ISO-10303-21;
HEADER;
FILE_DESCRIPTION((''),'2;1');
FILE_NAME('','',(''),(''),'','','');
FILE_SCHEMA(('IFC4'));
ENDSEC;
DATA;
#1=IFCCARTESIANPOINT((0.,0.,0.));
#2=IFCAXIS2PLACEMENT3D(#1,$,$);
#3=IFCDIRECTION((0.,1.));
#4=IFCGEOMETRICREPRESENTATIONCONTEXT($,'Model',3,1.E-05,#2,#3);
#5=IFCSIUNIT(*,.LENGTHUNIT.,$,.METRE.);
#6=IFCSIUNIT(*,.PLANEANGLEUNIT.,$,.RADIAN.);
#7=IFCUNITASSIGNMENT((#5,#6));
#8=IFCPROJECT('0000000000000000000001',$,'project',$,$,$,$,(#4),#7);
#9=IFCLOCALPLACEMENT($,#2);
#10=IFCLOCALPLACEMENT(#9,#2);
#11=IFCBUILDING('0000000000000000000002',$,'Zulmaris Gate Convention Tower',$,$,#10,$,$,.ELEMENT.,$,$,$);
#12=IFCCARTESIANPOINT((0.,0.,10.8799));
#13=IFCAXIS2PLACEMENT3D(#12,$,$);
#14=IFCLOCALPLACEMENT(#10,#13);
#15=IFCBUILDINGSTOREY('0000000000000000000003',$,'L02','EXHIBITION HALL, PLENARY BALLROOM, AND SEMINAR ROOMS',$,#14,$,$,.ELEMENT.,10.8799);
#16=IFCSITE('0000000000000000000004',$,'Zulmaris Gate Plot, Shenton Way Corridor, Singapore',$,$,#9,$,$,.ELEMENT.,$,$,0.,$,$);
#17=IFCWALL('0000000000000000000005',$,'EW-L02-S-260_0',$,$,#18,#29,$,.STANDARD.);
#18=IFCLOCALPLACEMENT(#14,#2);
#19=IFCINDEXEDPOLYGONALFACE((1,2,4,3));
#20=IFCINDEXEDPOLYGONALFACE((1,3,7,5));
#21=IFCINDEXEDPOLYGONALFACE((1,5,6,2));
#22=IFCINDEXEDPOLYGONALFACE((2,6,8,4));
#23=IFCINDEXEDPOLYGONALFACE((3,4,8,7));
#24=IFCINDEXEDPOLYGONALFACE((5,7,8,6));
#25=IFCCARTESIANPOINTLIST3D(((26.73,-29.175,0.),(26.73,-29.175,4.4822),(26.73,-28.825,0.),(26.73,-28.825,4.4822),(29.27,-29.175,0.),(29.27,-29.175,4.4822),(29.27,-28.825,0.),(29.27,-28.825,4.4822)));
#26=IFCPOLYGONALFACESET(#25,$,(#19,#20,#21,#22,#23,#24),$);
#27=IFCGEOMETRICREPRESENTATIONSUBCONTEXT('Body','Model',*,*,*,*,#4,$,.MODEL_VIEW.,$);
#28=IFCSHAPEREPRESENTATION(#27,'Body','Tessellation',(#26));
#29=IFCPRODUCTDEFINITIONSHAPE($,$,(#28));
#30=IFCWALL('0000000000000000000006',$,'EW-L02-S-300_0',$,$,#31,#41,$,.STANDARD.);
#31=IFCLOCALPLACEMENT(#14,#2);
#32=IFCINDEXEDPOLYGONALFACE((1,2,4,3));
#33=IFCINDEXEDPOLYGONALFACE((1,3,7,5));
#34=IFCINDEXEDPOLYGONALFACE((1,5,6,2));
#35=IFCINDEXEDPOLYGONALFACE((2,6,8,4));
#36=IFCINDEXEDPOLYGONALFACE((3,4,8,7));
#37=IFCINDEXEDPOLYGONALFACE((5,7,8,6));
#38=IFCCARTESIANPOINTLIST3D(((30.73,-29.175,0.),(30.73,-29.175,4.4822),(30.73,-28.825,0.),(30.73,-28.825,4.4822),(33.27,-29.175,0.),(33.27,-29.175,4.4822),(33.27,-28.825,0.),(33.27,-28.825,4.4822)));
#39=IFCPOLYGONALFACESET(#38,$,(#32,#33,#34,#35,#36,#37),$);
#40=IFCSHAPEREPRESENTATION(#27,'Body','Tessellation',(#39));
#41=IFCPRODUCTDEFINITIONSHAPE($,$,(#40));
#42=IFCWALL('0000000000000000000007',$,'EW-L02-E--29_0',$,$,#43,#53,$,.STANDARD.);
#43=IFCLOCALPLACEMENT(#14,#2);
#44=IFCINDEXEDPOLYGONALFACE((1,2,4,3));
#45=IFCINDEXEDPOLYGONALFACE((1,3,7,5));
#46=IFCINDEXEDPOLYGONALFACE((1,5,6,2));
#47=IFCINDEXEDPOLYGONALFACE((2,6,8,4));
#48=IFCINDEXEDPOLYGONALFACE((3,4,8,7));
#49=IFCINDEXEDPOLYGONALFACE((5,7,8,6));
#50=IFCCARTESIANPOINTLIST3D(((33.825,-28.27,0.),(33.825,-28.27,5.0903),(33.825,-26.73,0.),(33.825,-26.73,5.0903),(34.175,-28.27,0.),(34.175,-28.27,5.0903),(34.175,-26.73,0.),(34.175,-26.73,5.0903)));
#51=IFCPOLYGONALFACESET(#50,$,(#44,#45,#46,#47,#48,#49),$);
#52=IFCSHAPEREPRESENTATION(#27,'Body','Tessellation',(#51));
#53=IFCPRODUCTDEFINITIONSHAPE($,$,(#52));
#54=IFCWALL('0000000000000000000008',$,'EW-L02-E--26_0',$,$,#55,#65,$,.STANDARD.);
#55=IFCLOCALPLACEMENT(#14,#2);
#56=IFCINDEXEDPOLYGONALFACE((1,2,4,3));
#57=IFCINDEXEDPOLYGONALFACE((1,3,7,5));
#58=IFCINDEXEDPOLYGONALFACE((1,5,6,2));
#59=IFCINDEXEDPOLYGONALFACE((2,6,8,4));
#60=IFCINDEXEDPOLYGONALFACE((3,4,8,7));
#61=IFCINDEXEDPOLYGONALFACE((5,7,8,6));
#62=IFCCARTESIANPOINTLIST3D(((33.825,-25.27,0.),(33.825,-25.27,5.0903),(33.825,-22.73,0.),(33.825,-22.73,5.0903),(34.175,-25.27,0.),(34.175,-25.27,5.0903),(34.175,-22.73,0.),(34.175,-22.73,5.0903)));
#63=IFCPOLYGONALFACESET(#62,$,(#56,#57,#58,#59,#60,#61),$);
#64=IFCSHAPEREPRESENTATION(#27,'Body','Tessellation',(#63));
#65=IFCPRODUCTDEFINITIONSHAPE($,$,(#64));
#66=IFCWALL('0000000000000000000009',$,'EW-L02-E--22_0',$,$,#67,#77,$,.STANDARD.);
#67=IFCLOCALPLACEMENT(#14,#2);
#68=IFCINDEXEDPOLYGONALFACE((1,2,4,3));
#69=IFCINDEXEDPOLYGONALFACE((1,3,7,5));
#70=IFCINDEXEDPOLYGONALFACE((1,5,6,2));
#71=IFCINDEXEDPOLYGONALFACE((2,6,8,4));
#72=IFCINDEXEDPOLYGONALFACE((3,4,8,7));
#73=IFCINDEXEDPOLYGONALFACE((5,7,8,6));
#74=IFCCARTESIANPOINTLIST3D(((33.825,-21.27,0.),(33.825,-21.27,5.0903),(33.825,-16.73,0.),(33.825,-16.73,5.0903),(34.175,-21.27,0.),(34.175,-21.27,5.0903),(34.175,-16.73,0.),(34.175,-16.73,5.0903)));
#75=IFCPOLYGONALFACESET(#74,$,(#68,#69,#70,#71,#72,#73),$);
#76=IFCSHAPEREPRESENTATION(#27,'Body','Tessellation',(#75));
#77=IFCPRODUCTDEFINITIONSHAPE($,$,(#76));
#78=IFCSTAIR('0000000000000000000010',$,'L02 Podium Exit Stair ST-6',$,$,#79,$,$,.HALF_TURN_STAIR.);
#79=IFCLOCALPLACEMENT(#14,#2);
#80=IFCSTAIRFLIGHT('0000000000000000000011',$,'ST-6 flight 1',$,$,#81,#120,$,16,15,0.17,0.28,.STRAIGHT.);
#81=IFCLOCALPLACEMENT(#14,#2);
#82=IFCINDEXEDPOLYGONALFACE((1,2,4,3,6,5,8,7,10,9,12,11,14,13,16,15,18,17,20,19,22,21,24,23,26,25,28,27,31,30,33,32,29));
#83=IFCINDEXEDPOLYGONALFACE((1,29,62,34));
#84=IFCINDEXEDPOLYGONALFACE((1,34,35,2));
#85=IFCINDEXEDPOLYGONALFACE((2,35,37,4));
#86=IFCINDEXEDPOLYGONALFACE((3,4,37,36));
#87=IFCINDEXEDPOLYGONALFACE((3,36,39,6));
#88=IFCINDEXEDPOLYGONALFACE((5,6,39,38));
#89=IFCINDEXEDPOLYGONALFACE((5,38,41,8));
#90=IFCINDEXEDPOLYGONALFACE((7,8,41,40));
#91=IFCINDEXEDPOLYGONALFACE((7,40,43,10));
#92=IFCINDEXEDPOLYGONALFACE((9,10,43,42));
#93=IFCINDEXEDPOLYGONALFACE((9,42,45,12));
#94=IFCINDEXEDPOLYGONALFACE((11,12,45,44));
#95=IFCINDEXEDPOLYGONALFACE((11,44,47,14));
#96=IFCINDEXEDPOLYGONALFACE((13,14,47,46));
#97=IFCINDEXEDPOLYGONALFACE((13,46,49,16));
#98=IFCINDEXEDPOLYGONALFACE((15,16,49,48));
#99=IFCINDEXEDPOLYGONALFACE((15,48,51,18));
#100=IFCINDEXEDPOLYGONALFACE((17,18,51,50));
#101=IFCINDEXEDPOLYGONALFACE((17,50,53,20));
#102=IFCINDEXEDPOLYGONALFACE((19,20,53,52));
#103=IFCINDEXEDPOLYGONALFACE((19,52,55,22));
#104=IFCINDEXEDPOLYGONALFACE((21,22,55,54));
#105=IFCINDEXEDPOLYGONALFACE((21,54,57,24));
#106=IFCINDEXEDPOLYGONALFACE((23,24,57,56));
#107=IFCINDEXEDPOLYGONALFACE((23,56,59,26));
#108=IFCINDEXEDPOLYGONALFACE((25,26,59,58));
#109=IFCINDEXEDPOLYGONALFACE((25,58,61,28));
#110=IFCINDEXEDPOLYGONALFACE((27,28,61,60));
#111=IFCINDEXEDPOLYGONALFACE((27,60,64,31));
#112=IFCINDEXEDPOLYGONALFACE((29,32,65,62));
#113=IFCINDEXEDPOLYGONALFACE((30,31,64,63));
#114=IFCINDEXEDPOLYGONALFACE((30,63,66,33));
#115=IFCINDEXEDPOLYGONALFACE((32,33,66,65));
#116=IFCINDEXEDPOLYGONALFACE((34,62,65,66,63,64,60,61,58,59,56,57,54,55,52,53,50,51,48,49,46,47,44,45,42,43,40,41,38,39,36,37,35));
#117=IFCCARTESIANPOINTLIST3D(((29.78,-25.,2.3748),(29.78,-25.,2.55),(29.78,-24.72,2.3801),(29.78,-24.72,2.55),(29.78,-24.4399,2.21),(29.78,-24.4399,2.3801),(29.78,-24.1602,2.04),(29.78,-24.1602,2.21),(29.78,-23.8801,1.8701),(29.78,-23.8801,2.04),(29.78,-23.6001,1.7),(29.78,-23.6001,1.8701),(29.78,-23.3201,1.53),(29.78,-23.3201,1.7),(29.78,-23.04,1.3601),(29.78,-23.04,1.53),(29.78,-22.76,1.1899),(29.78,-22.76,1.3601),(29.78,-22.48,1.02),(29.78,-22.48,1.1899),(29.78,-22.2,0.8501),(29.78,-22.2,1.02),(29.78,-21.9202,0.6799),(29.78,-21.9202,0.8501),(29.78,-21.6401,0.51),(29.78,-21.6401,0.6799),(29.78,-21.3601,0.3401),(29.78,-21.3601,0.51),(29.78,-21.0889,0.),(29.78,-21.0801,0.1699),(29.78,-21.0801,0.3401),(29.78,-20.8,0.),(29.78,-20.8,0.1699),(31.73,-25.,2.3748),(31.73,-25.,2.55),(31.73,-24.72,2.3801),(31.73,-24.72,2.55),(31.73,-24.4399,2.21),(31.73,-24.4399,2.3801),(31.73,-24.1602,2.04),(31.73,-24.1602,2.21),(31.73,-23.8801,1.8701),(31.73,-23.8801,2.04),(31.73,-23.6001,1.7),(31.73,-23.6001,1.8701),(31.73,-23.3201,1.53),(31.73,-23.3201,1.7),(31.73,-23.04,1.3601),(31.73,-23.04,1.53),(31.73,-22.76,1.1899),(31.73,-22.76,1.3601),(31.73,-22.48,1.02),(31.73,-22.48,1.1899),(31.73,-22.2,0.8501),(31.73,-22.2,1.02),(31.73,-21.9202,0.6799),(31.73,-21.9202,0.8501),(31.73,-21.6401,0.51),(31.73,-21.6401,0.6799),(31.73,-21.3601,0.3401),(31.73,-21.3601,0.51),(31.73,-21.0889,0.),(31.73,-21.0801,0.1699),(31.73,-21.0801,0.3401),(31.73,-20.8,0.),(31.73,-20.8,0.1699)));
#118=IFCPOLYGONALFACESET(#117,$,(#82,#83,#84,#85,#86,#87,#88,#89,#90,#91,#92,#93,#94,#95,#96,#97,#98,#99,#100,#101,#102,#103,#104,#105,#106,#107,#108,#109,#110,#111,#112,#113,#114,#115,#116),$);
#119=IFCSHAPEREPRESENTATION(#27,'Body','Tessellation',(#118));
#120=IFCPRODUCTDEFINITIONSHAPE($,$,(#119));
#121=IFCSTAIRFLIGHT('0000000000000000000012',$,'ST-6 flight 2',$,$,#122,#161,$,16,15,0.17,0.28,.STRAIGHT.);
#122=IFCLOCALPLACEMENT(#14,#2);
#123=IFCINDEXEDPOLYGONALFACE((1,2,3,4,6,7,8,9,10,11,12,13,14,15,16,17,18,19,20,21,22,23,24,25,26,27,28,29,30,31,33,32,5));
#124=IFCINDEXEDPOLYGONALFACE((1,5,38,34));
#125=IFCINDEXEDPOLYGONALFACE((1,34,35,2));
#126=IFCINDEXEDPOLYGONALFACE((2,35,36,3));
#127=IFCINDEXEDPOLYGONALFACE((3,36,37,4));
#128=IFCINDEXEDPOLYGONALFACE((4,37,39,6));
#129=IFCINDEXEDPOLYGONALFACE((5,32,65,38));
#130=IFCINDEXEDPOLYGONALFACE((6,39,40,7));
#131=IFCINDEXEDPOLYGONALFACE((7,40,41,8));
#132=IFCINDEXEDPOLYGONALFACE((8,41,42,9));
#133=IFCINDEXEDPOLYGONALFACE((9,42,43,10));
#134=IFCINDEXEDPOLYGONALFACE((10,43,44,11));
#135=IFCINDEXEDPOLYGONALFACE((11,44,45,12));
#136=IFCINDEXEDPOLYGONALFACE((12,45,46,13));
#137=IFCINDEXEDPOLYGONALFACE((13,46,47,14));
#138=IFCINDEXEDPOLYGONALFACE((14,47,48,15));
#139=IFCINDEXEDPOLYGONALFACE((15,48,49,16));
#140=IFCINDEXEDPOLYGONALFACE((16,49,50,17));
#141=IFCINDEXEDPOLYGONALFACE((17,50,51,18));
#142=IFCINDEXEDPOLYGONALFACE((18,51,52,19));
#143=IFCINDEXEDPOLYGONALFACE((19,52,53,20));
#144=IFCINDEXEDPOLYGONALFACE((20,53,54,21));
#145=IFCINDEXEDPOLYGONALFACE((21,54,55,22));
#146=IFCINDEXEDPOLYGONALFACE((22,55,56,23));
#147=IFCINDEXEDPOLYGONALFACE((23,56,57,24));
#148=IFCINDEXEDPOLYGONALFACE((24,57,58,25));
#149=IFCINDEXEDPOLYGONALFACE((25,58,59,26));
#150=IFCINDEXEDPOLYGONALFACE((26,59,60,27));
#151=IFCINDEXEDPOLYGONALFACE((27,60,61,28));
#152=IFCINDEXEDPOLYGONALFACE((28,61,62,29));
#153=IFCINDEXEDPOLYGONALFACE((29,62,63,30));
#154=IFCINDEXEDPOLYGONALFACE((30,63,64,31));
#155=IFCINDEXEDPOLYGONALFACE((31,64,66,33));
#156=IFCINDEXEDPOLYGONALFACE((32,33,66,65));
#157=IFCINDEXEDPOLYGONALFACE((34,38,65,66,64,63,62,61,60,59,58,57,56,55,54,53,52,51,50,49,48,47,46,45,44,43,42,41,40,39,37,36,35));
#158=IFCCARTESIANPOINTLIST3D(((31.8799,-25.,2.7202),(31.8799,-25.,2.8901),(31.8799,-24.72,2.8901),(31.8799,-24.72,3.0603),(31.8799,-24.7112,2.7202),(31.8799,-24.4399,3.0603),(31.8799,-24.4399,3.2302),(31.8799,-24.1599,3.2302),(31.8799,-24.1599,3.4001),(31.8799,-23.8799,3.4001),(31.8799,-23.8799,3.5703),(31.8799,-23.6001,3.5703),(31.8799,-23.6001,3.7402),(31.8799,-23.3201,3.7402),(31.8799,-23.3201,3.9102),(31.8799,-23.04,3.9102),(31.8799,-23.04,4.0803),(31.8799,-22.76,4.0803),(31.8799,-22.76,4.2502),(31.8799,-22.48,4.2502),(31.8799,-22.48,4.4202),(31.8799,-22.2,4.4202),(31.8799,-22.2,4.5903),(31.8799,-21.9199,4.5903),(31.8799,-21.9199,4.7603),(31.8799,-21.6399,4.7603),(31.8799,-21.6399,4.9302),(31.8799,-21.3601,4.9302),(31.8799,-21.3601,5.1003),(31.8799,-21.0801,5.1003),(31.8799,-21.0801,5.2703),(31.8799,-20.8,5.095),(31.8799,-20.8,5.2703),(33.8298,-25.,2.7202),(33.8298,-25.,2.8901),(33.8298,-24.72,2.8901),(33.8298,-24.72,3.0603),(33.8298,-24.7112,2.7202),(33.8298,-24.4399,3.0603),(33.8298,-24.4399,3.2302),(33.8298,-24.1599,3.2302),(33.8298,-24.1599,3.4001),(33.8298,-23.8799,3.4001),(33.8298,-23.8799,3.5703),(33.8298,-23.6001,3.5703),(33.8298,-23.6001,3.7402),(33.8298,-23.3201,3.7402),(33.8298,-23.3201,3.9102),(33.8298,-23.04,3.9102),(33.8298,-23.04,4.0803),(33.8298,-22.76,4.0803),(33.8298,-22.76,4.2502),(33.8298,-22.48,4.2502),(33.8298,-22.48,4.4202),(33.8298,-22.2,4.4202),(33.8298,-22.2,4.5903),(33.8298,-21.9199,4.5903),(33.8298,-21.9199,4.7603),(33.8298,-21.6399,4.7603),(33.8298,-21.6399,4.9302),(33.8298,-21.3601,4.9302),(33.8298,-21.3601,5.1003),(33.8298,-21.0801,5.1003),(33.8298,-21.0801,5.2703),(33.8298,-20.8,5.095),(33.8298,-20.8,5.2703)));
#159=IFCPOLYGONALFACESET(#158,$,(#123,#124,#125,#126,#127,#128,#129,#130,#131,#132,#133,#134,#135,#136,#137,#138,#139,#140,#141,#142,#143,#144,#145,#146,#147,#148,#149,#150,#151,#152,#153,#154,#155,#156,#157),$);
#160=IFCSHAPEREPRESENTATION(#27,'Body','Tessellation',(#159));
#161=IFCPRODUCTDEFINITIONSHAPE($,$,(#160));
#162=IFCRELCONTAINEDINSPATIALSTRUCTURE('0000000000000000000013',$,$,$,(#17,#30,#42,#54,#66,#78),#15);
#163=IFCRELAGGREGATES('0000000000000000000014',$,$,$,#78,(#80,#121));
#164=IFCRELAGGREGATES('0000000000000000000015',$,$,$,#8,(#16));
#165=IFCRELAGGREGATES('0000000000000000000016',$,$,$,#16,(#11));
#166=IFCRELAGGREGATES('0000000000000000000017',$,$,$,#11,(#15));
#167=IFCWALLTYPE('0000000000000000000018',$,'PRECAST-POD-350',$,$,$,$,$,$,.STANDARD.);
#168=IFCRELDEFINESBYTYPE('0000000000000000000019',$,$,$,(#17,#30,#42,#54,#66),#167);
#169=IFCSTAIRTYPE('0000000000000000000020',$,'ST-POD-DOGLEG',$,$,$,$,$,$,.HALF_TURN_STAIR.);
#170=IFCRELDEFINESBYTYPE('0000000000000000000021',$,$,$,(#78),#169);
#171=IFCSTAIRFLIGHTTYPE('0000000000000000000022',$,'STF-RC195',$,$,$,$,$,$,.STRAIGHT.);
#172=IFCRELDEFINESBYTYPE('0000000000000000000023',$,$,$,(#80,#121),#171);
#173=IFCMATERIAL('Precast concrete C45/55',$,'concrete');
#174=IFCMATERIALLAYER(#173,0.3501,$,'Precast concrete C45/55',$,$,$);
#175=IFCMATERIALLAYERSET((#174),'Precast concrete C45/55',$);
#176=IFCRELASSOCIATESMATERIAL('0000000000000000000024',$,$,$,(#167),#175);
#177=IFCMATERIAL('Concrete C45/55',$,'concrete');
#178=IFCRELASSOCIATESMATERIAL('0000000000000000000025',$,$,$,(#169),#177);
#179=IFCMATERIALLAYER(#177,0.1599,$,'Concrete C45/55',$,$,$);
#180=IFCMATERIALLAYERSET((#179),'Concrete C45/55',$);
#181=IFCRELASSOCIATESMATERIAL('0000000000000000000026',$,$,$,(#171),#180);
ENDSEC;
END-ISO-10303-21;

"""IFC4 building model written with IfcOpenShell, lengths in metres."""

from ifc_helpers import new_model, si_unit, direction, frame, frame_2d, origin, place, context, subcontext, project, spatial, polyline, rectangle, outline, extrude, material, layer, layer_set, type_object, element, aggregate, save


model = new_model("IFC4")

# Units and contexts
model_context = context("Model", 3, precision=1e-05, world=origin(), true_north=direction((0.0, 1.0)))
body_context = subcontext(model_context, "Body", "Model", "MODEL_VIEW")
ifc_project = project(units=[si_unit("LENGTHUNIT", "METRE"), si_unit("PLANEANGLEUNIT", "RADIAN")], contexts=[model_context])

# Site, building, storey
site_placement = place(None, origin())
site = spatial("IfcSite", under=ifc_project, at=site_placement, Name="Zulmaris Gate Plot, Shenton Way Corridor, Singapore", CompositionType="ELEMENT", RefElevation=0.0)
building_placement = place(site_placement, origin())
building = spatial("IfcBuilding", under=site, at=building_placement, Name="Zulmaris Gate Convention Tower", CompositionType="ELEMENT")
storey_placement = place(building_placement, frame((0.0, 0.0, 10.8799)))
storey = spatial("IfcBuildingStorey", under=building, at=storey_placement, Name="L02", Description="EXHIBITION HALL, PLENARY BALLROOM, AND SEMINAR ROOMS", CompositionType="ELEMENT", Elevation=10.8799)

# Walls
ifc_material_1 = material(Name="Precast concrete C45/55", Category="concrete")
ifc_layer_1 = layer(ifc_material_1, 0.3501, Name="Precast concrete C45/55")
ifc_layer_set_1 = layer_set([ifc_layer_1], Name="Precast concrete C45/55")
wall_type_1 = type_object("IfcWallType", Name="PRECAST-POD-350", PredefinedType="STANDARD", material=ifc_layer_set_1)
for number, where, z_axis, x_axis, name in (
    (1, (26.73, -29.0, 0.0), (0.0, 0.0, 1.0), (1.0, 0.0, 0.0), "EW-L02-S-260_0"),
    (2, (30.73, -29.0, 0.0), (0.0, 0.0, 1.0), (1.0, 0.0, 0.0), "EW-L02-S-300_0"),
):
    element("IfcWall", number, at=place(storey_placement, frame(where, z_axis=z_axis, x_axis=x_axis)), inside=storey, type_object=wall_type_1, Name=name, PredefinedType="STANDARD", context=body_context, shape_type="SweptSolid", body=[
        extrude(rectangle(XDim=2.54, YDim=0.3501, at=frame_2d((1.27, 0.0))), origin(), (0.0, 0.0, 1.0), 4.4822),
    ])
wall_1_placement = place(storey_placement, frame((34.0, -26.73, 0.0), z_axis=(0.0, 0.0, 1.0), x_axis=(0.0, -1.0, 0.0)))
element("IfcWall", 3, at=wall_1_placement, inside=storey, type_object=wall_type_1, Name="EW-L02-E--29_0", PredefinedType="STANDARD", context=body_context, shape_type="SweptSolid", body=[
    extrude(rectangle(XDim=1.54, YDim=0.3501, at=frame_2d((0.77, 0.0))), origin(), (0.0, 0.0, 1.0), 5.0903),
])
wall_2_placement = place(storey_placement, frame((34.0, -22.73, 0.0), z_axis=(0.0, 0.0, 1.0), x_axis=(0.0, -1.0, 0.0)))
element("IfcWall", 4, at=wall_2_placement, inside=storey, type_object=wall_type_1, Name="EW-L02-E--26_0", PredefinedType="STANDARD", context=body_context, shape_type="SweptSolid", body=[
    extrude(rectangle(XDim=2.54, YDim=0.3501, at=frame_2d((1.27, 0.0))), origin(), (0.0, 0.0, 1.0), 5.0903),
])
wall_3_placement = place(storey_placement, frame((34.0, -16.73, 0.0), z_axis=(0.0, 0.0, 1.0), x_axis=(0.0, -1.0, 0.0)))
element("IfcWall", 5, at=wall_3_placement, inside=storey, type_object=wall_type_1, Name="EW-L02-E--22_0", PredefinedType="STANDARD", context=body_context, shape_type="SweptSolid", body=[
    extrude(rectangle(XDim=4.54, YDim=0.3501, at=frame_2d((2.27, 0.0))), origin(), (0.0, 0.0, 1.0), 5.0903),
])

# Stair, stair flights
ifc_material_2 = material(Name="Concrete C45/55", Category="concrete")
stair_type = type_object("IfcStairType", Name="ST-POD-DOGLEG", PredefinedType="HALF_TURN_STAIR", material=ifc_material_2)
stair_placement = place(storey_placement, origin())
stair = element("IfcStair", 6, at=stair_placement, inside=storey, type_object=stair_type, Name="L02 Podium Exit Stair ST-6", PredefinedType="HALF_TURN_STAIR")
ifc_layer_2 = layer(ifc_material_2, 0.1599, Name="Concrete C45/55")
ifc_layer_set_2 = layer_set([ifc_layer_2], Name="Concrete C45/55")
stair_flight_type = type_object("IfcStairFlightType", Name="STF-RC195", PredefinedType="STRAIGHT", material=ifc_layer_set_2)
stair_flight_1_placement = place(storey_placement, frame((30.7549, -20.8, 0.0), z_axis=(0.0, 0.0, 1.0), x_axis=(0.0, -1.0, 0.0)))
stair_flight_1 = element("IfcStairFlight", 7, at=stair_flight_1_placement, type_object=stair_flight_type, Name="ST-6 flight 1", NumberOfRisers=16, NumberOfTreads=15, PredefinedType="STRAIGHT", RiserHeight=0.17, TreadLength=0.28, context=body_context, shape_type="SweptSolid", body=[
    extrude(outline(polyline([(0.0, 0.0), (0.0, 0.1699), (0.28, 0.1699), (0.28, 0.3401), (0.5601, 0.3401), (0.5601, 0.51), (0.8401, 0.51), (0.8401, 0.6799), (1.1201, 0.6799), (1.1201, 0.8501), (1.3999, 0.8501), (1.3999, 1.02), (1.6799, 1.02), (1.6799, 1.1899), (1.96, 1.1899), (1.96, 1.3601), (2.24, 1.3601), (2.24, 1.53), (2.52, 1.53), (2.52, 1.7), (2.8, 1.7), (2.8, 1.8701), (3.0801, 1.8701), (3.0801, 2.04), (3.3601, 2.04), (3.3601, 2.21), (3.6399, 2.21), (3.6399, 2.3801), (3.9199, 2.3801), (3.9199, 2.55), (4.2, 2.55), (4.2, 2.7202), (4.2, 2.3748), (0.2888, 0.0), (0.0, 0.0)])), frame((0.0, 0.9751, 0.0), z_axis=(0.0, -1.0, 0.0), x_axis=(1.0, 0.0, 0.0)), (0.0, 0.0, 1.0), 1.95),
])
stair_flight_2_placement = place(storey_placement, frame((32.855, -25.0, 2.7202), z_axis=(0.0, 0.0, 1.0), x_axis=(0.0, 1.0, 0.0)))
stair_flight_2 = element("IfcStairFlight", 8, at=stair_flight_2_placement, type_object=stair_flight_type, Name="ST-6 flight 2", NumberOfRisers=16, NumberOfTreads=15, PredefinedType="STRAIGHT", RiserHeight=0.17, TreadLength=0.28, context=body_context, shape_type="SweptSolid", body=[
    extrude(outline(polyline([(0.0, 0.0), (0.0, 0.1699), (0.28, 0.1699), (0.28, 0.3401), (0.5601, 0.3401), (0.5601, 0.51), (0.8401, 0.51), (0.8401, 0.6799), (1.1201, 0.6799), (1.1201, 0.8501), (1.3999, 0.8501), (1.3999, 1.02), (1.6799, 1.02), (1.6799, 1.1899), (1.96, 1.1899), (1.96, 1.3601), (2.24, 1.3601), (2.24, 1.53), (2.52, 1.53), (2.52, 1.7), (2.8, 1.7), (2.8, 1.8701), (3.0801, 1.8701), (3.0801, 2.04), (3.3601, 2.04), (3.3601, 2.21), (3.6399, 2.21), (3.6399, 2.3801), (3.9199, 2.3801), (3.9199, 2.55), (4.2, 2.55), (4.2, 2.7202), (4.2, 2.3748), (0.2888, 0.0), (0.0, 0.0)])), frame((0.0, 0.9751, 0.0), z_axis=(0.0, -1.0, 0.0), x_axis=(1.0, 0.0, 0.0)), (0.0, 0.0, 1.0), 1.95),
])
aggregate(stair, [stair_flight_1, stair_flight_2])

save(model, "model.ifc")
